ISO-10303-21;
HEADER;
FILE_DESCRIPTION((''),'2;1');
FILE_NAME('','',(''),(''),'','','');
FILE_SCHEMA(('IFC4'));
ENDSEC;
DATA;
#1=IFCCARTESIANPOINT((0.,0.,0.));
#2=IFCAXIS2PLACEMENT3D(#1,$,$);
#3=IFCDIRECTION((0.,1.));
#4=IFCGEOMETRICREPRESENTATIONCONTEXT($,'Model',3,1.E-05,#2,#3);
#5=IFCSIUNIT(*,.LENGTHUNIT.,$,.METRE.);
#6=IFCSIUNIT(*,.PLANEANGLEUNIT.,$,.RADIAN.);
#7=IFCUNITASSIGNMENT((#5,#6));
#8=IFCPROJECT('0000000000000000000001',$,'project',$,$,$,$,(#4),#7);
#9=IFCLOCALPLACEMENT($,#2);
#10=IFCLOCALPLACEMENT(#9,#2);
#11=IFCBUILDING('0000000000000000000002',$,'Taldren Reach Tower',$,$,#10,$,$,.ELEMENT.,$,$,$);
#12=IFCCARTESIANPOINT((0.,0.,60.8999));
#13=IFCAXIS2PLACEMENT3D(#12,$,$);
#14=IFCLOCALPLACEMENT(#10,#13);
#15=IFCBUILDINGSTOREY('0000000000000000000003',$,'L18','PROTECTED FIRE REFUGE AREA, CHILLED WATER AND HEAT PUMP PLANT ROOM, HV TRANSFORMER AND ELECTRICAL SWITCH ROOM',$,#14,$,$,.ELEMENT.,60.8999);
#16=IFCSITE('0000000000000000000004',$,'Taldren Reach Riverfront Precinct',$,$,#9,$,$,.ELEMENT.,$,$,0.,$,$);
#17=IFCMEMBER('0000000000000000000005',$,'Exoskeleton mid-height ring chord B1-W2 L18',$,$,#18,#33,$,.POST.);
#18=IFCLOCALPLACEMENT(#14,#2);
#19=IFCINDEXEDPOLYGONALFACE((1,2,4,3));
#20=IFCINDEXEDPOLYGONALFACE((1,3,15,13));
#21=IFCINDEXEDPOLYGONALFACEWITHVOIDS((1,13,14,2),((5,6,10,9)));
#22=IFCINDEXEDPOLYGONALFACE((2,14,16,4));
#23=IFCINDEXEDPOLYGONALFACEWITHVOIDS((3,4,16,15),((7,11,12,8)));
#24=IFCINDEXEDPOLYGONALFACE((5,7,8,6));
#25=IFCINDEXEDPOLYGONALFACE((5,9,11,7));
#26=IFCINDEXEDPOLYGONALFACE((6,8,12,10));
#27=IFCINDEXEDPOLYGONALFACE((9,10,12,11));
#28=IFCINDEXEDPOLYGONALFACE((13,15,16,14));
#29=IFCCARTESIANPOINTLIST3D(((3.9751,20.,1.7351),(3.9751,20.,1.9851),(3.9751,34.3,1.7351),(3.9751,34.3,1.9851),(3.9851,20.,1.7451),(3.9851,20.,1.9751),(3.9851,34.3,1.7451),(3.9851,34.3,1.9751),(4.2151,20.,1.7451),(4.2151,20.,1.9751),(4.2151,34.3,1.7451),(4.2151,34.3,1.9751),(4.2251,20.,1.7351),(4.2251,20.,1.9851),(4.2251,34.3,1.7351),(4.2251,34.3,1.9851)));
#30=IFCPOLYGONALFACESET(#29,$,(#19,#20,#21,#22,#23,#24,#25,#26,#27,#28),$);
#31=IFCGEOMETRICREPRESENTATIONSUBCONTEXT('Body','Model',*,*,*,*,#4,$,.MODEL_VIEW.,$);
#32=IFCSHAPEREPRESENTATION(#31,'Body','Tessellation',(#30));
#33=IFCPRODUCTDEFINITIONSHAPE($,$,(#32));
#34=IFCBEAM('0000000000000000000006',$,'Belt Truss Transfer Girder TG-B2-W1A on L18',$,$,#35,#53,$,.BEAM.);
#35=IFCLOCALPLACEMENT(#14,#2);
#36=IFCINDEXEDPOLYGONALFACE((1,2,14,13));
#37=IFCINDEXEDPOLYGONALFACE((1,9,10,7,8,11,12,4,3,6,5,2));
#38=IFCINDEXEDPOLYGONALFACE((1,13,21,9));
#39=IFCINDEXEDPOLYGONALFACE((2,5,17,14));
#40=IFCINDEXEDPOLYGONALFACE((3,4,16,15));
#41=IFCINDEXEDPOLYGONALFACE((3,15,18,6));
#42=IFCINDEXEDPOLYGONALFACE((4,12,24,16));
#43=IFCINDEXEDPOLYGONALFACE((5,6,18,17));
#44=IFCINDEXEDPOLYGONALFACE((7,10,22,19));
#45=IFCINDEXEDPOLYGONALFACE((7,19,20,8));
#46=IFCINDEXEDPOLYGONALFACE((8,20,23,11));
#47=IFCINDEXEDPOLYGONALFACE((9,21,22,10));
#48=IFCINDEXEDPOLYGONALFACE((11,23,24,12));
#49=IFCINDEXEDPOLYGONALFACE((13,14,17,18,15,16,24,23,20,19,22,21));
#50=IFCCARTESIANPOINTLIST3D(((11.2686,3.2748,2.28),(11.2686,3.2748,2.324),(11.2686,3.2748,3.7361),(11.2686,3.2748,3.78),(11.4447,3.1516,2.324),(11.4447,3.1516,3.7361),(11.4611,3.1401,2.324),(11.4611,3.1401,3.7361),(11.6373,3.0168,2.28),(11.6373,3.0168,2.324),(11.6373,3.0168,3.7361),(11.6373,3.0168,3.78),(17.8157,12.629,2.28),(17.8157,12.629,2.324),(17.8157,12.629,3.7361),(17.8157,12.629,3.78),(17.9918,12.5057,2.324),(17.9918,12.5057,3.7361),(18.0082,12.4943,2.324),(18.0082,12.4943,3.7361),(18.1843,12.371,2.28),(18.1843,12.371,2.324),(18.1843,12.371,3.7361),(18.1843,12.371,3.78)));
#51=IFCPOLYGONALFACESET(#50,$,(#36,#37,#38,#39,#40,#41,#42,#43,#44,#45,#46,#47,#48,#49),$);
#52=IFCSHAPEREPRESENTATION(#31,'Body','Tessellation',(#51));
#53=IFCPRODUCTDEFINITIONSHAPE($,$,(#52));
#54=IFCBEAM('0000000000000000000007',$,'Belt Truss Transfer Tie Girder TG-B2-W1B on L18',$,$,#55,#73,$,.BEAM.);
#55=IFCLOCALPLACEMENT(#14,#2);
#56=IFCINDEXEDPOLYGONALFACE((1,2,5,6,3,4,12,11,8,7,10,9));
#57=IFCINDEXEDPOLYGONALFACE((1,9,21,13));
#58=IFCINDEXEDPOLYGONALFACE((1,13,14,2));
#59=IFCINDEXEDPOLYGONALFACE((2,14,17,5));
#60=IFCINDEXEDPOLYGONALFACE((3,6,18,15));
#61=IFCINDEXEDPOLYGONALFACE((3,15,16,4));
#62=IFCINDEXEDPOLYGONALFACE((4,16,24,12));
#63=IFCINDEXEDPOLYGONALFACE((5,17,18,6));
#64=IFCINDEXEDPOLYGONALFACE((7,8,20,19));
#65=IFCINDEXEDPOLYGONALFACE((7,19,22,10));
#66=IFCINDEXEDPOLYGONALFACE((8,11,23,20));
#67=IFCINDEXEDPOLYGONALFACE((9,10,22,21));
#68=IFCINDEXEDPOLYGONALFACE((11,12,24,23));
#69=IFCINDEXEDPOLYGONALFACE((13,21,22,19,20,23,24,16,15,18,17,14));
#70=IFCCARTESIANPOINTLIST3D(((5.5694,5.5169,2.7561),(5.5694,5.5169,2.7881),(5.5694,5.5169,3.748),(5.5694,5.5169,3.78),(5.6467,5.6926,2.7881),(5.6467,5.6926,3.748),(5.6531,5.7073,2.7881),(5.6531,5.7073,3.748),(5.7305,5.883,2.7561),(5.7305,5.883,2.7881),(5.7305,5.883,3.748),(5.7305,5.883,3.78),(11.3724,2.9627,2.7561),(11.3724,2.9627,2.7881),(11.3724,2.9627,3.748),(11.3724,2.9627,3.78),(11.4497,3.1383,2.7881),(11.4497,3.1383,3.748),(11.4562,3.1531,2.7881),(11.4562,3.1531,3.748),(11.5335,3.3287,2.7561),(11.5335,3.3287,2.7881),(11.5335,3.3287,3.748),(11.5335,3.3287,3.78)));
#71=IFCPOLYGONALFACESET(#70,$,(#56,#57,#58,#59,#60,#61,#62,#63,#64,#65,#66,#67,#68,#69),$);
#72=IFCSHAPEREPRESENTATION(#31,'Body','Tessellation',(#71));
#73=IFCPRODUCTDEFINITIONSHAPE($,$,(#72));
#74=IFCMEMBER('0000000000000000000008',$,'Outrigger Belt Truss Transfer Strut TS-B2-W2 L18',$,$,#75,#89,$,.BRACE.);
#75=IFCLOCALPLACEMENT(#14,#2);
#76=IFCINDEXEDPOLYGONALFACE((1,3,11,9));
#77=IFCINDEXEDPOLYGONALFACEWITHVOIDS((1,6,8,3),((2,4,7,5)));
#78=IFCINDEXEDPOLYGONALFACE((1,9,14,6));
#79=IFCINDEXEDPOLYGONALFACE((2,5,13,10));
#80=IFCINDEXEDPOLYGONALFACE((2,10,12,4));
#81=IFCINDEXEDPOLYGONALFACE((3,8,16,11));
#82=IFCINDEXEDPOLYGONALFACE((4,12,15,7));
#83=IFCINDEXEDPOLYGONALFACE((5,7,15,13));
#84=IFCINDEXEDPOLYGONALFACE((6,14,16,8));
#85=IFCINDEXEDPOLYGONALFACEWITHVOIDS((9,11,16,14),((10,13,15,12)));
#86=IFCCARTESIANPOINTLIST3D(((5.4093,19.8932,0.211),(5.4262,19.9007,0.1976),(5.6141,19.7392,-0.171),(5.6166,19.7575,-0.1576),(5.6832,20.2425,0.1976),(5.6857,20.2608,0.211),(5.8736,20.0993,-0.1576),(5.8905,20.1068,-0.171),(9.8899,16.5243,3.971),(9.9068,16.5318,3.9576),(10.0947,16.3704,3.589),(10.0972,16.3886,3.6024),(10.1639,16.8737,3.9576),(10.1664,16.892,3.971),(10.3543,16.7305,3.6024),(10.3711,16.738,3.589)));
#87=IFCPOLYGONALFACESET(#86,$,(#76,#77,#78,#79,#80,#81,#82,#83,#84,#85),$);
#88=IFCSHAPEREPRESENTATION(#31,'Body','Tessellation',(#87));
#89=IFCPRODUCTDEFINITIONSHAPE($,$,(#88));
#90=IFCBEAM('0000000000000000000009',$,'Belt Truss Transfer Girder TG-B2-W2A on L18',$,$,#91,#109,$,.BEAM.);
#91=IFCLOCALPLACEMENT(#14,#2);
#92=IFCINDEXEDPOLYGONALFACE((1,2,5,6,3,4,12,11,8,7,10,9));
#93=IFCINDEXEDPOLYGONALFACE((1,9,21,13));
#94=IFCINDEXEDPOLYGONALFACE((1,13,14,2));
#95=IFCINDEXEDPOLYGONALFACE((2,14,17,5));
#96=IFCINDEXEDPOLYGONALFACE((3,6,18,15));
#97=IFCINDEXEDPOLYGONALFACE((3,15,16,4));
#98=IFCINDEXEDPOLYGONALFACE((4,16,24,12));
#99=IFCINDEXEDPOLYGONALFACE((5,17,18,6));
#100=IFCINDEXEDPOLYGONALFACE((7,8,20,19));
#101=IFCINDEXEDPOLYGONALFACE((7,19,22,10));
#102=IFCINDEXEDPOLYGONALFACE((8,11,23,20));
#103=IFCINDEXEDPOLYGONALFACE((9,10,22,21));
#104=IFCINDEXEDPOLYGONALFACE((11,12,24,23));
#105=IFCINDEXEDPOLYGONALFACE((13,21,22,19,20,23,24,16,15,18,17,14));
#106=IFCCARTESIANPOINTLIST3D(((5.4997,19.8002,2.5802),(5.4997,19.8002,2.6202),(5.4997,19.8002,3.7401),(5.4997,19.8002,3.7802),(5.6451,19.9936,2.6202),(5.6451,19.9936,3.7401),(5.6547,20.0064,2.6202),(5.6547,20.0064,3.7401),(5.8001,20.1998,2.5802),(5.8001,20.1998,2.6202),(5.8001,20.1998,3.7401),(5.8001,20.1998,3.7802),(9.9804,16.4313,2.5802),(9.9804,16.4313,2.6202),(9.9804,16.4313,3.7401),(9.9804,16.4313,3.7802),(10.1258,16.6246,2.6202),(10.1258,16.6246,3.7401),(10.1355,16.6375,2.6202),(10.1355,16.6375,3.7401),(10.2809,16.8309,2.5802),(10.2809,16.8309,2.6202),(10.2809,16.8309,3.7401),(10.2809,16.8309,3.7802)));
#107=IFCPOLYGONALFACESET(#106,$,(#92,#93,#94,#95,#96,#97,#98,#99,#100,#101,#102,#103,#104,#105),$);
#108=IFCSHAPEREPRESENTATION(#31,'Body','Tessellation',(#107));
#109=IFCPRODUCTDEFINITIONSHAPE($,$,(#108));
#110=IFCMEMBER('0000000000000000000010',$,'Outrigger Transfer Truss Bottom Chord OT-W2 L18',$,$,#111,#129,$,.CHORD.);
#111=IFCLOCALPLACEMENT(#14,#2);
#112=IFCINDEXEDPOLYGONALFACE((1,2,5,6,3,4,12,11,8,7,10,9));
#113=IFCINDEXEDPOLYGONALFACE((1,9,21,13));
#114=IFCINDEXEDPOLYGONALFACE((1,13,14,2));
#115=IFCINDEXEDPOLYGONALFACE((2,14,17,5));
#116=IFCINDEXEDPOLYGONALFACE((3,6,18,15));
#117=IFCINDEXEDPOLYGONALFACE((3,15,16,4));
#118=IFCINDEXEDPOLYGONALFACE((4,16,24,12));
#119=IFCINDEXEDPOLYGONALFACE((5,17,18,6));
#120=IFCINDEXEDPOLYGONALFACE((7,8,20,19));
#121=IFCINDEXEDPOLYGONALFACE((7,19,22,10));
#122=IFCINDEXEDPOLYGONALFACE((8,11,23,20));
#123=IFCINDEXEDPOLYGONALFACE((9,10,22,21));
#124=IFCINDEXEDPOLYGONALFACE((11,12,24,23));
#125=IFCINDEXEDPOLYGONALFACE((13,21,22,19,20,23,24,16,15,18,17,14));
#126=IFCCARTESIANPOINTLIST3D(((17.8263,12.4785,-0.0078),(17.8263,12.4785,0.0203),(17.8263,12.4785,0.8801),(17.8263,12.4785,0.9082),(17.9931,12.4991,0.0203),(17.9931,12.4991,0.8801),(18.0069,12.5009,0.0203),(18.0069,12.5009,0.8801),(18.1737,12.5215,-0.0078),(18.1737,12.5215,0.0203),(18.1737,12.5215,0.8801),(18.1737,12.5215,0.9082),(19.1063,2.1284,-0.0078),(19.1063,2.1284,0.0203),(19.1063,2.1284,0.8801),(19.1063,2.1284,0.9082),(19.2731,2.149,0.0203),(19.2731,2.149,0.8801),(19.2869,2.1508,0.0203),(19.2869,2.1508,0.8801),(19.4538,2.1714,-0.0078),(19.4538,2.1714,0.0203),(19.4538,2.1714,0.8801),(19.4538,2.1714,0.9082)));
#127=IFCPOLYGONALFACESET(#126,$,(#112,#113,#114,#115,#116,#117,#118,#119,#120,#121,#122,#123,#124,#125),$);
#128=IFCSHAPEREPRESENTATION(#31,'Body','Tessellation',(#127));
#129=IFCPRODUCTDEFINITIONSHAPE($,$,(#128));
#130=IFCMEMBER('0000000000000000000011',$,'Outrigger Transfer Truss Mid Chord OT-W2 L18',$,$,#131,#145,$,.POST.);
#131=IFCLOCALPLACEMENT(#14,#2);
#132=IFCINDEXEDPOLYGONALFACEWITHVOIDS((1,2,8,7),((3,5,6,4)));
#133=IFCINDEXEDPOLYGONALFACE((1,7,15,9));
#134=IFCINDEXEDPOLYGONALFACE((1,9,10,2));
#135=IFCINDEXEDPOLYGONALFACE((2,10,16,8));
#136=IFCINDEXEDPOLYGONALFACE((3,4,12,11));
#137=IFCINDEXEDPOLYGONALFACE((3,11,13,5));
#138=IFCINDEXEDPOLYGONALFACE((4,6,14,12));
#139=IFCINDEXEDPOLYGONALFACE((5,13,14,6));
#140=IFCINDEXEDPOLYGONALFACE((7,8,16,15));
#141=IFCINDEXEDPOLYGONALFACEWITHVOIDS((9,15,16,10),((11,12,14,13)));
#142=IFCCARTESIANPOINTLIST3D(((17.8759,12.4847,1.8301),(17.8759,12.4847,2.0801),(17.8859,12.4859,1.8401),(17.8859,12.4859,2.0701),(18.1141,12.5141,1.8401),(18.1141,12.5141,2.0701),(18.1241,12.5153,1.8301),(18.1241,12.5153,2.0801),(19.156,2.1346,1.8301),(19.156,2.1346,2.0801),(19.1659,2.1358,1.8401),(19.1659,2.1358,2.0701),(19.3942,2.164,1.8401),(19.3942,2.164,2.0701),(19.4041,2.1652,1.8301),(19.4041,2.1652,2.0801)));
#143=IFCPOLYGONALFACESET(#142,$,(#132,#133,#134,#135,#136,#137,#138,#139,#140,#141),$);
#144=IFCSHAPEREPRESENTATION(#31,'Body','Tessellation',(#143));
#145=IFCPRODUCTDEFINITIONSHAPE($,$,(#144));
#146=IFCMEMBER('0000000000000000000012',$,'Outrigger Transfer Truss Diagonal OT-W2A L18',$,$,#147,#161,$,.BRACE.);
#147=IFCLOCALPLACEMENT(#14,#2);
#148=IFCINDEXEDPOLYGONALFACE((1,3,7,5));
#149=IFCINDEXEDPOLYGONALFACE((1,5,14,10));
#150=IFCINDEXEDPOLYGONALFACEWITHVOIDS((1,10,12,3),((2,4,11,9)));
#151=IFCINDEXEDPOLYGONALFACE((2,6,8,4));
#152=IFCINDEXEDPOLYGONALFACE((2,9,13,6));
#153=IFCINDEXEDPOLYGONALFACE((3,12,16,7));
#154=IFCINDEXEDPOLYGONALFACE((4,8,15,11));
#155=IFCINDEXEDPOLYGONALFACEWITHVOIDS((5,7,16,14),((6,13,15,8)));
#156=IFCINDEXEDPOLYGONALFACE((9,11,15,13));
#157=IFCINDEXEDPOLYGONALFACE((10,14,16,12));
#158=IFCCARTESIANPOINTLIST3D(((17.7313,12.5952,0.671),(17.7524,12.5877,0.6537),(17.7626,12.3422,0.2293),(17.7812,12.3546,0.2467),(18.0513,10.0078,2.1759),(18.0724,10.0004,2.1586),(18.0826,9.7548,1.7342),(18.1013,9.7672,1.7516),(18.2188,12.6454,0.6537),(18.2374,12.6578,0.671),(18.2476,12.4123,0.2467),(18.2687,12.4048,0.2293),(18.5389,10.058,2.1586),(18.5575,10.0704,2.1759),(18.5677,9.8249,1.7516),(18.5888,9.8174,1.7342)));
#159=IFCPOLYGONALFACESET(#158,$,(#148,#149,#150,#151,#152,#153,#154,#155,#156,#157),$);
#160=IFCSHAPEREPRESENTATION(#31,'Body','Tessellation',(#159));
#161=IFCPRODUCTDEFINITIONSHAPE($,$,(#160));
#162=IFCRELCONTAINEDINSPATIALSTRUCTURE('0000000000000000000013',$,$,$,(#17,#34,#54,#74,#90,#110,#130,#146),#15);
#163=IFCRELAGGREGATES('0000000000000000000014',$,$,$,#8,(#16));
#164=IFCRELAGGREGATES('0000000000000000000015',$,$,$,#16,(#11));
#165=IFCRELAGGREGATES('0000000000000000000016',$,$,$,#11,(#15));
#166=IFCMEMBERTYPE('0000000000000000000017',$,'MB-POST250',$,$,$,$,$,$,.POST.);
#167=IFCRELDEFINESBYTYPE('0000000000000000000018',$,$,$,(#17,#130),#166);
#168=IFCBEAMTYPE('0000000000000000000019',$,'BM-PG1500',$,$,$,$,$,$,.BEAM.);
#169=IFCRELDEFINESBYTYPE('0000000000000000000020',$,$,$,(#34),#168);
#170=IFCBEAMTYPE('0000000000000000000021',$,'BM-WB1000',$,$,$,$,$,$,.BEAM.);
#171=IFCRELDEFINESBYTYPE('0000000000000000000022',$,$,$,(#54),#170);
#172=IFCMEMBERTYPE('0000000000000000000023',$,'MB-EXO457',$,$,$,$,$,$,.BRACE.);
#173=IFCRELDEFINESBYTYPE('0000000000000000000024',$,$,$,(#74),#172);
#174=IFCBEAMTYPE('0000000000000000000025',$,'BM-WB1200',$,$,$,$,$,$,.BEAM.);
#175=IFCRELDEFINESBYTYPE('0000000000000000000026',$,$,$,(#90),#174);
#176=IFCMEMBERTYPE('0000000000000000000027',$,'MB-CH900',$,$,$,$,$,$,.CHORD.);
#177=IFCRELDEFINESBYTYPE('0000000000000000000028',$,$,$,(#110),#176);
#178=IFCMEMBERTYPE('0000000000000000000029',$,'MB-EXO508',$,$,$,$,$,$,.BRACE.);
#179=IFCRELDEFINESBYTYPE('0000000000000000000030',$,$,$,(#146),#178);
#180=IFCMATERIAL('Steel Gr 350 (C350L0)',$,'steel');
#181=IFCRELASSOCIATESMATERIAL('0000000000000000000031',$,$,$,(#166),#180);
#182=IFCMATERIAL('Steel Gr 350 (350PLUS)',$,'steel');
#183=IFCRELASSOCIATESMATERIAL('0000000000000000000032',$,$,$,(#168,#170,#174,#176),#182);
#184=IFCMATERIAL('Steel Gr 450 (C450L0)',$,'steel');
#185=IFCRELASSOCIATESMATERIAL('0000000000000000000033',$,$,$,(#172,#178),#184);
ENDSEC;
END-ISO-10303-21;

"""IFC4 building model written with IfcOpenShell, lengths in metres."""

from ifc_helpers import new_model, si_unit, direction, frame, origin, origin_2d, place, context, subcontext, project, spatial, hollow_rectangle, i_section, extrude, source, transform, mapped, material, material_profile, profile_set, type_object, element, save


model = new_model("IFC4")

# Units and contexts
model_context = context("Model", 3, precision=1e-05, world=origin(), true_north=direction((0.0, 1.0)))
body_context = subcontext(model_context, "Body", "Model", "MODEL_VIEW")
ifc_project = project(units=[si_unit("LENGTHUNIT", "METRE"), si_unit("PLANEANGLEUNIT", "RADIAN")], contexts=[model_context])

# Site, building, storey
site_placement = place(None, origin())
site = spatial("IfcSite", under=ifc_project, at=site_placement, Name="Taldren Reach Riverfront Precinct", CompositionType="ELEMENT", RefElevation=0.0)
building_placement = place(site_placement, origin())
building = spatial("IfcBuilding", under=site, at=building_placement, Name="Taldren Reach Tower", CompositionType="ELEMENT")
storey_placement = place(building_placement, frame((0.0, 0.0, 60.8999)))
storey = spatial("IfcBuildingStorey", under=building, at=storey_placement, Name="L18", Description="PROTECTED FIRE REFUGE AREA, CHILLED WATER AND HEAT PUMP PLANT ROOM, HV TRANSFORMER AND ELECTRICAL SWITCH ROOM", CompositionType="ELEMENT", Elevation=60.8999)

# Shared definitions
ifc_material_1 = material(Name="Steel Gr 350 (350PLUS)", Category="steel")

# Member
ifc_material_2 = material(Name="Steel Gr 450 (C450L0)", Category="steel")
ifc_material_3 = material(Name="Steel Gr 350 (C350L0)", Category="steel")
ifc_material_profile_1 = material_profile(ifc_material_3, hollow_rectangle(XDim=0.25, YDim=0.25, WallThickness=0.01, at=origin_2d()), Name="250x250x10.0SHS")
ifc_profile_set_1 = profile_set([ifc_material_profile_1], Name="Steel Gr 350 (C350L0)")
member_type_1 = type_object("IfcMemberType", Name="MB-POST250", PredefinedType="POST", material=ifc_profile_set_1)
shared_shape_1 = source(origin(), body_context, "Body", "SweptSolid", [
    extrude(hollow_rectangle(XDim=0.25, YDim=0.25, WallThickness=0.01, at=origin_2d()), origin(), (0.0, 0.0, 1.0), 14.3),
])
member_1_placement = place(storey_placement, frame((4.1001, 20.0, 1.8601), z_axis=(0.0, 1.0, 0.0), x_axis=(-1.0, 0.0, 0.0)))
element("IfcMember", 1, at=member_1_placement, inside=storey, type_object=member_type_1, Name="Exoskeleton mid-height ring chord B1-W2 L18", PredefinedType="POST", context=body_context, shape_type="MappedRepresentation", body=[
    mapped(shared_shape_1, transform((0.0, 0.0, 0.0), scale=1.0)),
])

# Beams
ifc_material_profile_2 = material_profile(ifc_material_1, i_section(OverallWidth=0.45, OverallDepth=1.5, WebThickness=0.02, FlangeThickness=0.0439, at=origin_2d()), Name="1500WB550")
ifc_profile_set_2 = profile_set([ifc_material_profile_2], Name="Steel Gr 350 (350PLUS)")
beam_type_1 = type_object("IfcBeamType", Name="BM-PG1500", PredefinedType="BEAM", material=ifc_profile_set_2)
shared_shape_2 = source(origin(), body_context, "Body", "SweptSolid", [
    extrude(i_section(OverallWidth=0.45, OverallDepth=1.5, WebThickness=0.02, FlangeThickness=0.0439, at=origin_2d()), origin(), (0.0, 0.0, 1.0), 11.4177),
])
beam_1_placement = place(storey_placement, frame((18.0, 12.5, 3.03), z_axis=(-0.573412, -0.819267, 0.0), x_axis=(0.819267, -0.573412, 0.0)))
element("IfcBeam", 2, at=beam_1_placement, inside=storey, type_object=beam_type_1, Name="Belt Truss Transfer Girder TG-B2-W1A on L18", PredefinedType="BEAM", context=body_context, shape_type="MappedRepresentation", body=[
    mapped(shared_shape_2, transform((0.0, 0.0, 0.0), scale=1.0)),
])
ifc_material_profile_3 = material_profile(ifc_material_1, i_section(OverallWidth=0.3999, OverallDepth=1.0239, WebThickness=0.0161, FlangeThickness=0.032, at=origin_2d()), Name="1000WB322")
ifc_profile_set_3 = profile_set([ifc_material_profile_3], Name="Steel Gr 350 (350PLUS)")
beam_type_2 = type_object("IfcBeamType", Name="BM-WB1000", PredefinedType="BEAM", material=ifc_profile_set_3)
shared_shape_3 = source(origin(), body_context, "Body", "SweptSolid", [
    extrude(i_section(OverallWidth=0.3999, OverallDepth=1.0239, WebThickness=0.0161, FlangeThickness=0.032, at=origin_2d()), origin(), (0.0, 0.0, 1.0), 6.3403),
])
beam_2_placement = place(storey_placement, frame((5.6499, 5.7, 3.2681), z_axis=(0.915263, -0.402856, 0.0), x_axis=(0.402856, 0.915263, 0.0)))
element("IfcBeam", 3, at=beam_2_placement, inside=storey, type_object=beam_type_2, Name="Belt Truss Transfer Tie Girder TG-B2-W1B on L18", PredefinedType="BEAM", context=body_context, shape_type="MappedRepresentation", body=[
    mapped(shared_shape_3, transform((0.0, 0.0, 0.0), scale=1.0)),
])

# Member
ifc_material_profile_4 = material_profile(ifc_material_2, hollow_rectangle(XDim=0.46, YDim=0.46, WallThickness=0.0161, at=origin_2d()), Name="460x460x16.0SHS")
ifc_profile_set_4 = profile_set([ifc_material_profile_4], Name="Steel Gr 450 (C450L0)")
member_type_2 = type_object("IfcMemberType", Name="MB-EXO457", PredefinedType="BRACE", material=ifc_profile_set_4)
shared_shape_4 = source(origin(), body_context, "Body", "SweptSolid", [
    extrude(hollow_rectangle(XDim=0.46, YDim=0.46, WallThickness=0.0161, at=origin_2d()), origin(), (0.0, 0.0, 1.0), 6.75),
])
member_2_placement = place(storey_placement, frame((5.6499, 20.0, 0.02), z_axis=(0.663799, -0.499088, 0.55703), x_axis=(0.600954, 0.799283, 0.0)))
element("IfcMember", 4, at=member_2_placement, inside=storey, type_object=member_type_2, Name="Outrigger Belt Truss Transfer Strut TS-B2-W2 L18", PredefinedType="BRACE", context=body_context, shape_type="MappedRepresentation", body=[
    mapped(shared_shape_4, transform((0.0, 0.0, 0.0), scale=1.0)),
])

# Beam
ifc_material_profile_5 = material_profile(ifc_material_1, i_section(OverallWidth=0.5, OverallDepth=1.2, WebThickness=0.0161, FlangeThickness=0.04, at=origin_2d()), Name="1200WB455")
ifc_profile_set_5 = profile_set([ifc_material_profile_5], Name="Steel Gr 350 (350PLUS)")
beam_type_3 = type_object("IfcBeamType", Name="BM-WB1200", PredefinedType="BEAM", material=ifc_profile_set_5)
shared_shape_5 = source(origin(), body_context, "Body", "SweptSolid", [
    extrude(i_section(OverallWidth=0.5, OverallDepth=1.2, WebThickness=0.0161, FlangeThickness=0.04, at=origin_2d()), origin(), (0.0, 0.0, 1.0), 5.606),
])
beam_3_placement = place(storey_placement, frame((5.6499, 20.0, 3.1802), z_axis=(0.799283, -0.600954, 0.0), x_axis=(0.600954, 0.799283, 0.0)))
element("IfcBeam", 5, at=beam_3_placement, inside=storey, type_object=beam_type_3, Name="Belt Truss Transfer Girder TG-B2-W2A on L18", PredefinedType="BEAM", context=body_context, shape_type="MappedRepresentation", body=[
    mapped(shared_shape_5, transform((0.0, 0.0, 0.0), scale=1.0)),
])

# Members
ifc_material_profile_6 = material_profile(ifc_material_1, i_section(OverallWidth=0.3501, OverallDepth=0.916, WebThickness=0.0139, FlangeThickness=0.0281, at=origin_2d()), Name="900WB257")
ifc_profile_set_6 = profile_set([ifc_material_profile_6], Name="Steel Gr 350 (350PLUS)")
member_type_3 = type_object("IfcMemberType", Name="MB-CH900", PredefinedType="CHORD", material=ifc_profile_set_6)
shared_shape_6 = source(origin(), body_context, "Body", "SweptSolid", [
    extrude(i_section(OverallWidth=0.3501, OverallDepth=0.916, WebThickness=0.0139, FlangeThickness=0.0281, at=origin_2d()), origin(), (0.0, 0.0, 1.0), 10.429),
])
member_3_placement = place(storey_placement, frame((18.0, 12.5, 0.4502), z_axis=(0.122738, -0.992439, 0.0), x_axis=(0.992439, 0.122738, 0.0)))
element("IfcMember", 6, at=member_3_placement, inside=storey, type_object=member_type_3, Name="Outrigger Transfer Truss Bottom Chord OT-W2 L18", PredefinedType="CHORD", context=body_context, shape_type="MappedRepresentation", body=[
    mapped(shared_shape_6, transform((0.0, 0.0, 0.0), scale=1.0)),
])
shared_shape_7 = source(origin(), body_context, "Body", "SweptSolid", [
    extrude(hollow_rectangle(XDim=0.25, YDim=0.25, WallThickness=0.01, at=origin_2d()), origin(), (0.0, 0.0, 1.0), 10.429),
])
member_4_placement = place(storey_placement, frame((18.0, 12.5, 1.9551), z_axis=(0.122738, -0.992439, 0.0), x_axis=(0.992439, 0.122738, 0.0)))
element("IfcMember", 7, at=member_4_placement, inside=storey, type_object=member_type_1, Name="Outrigger Transfer Truss Mid Chord OT-W2 L18", PredefinedType="POST", context=body_context, shape_type="MappedRepresentation", body=[
    mapped(shared_shape_7, transform((0.0, 0.0, 0.0), scale=1.0)),
])
ifc_material_profile_7 = material_profile(ifc_material_2, hollow_rectangle(XDim=0.51, YDim=0.51, WallThickness=0.02, at=origin_2d()), Name="510x510x20.0SHS")
ifc_profile_set_7 = profile_set([ifc_material_profile_7], Name="Steel Gr 450 (C450L0)")
member_type_4 = type_object("IfcMemberType", Name="MB-EXO508", PredefinedType="BRACE", material=ifc_profile_set_7)
shared_shape_8 = source(origin(), body_context, "Body", "SweptSolid", [
    extrude(hollow_rectangle(XDim=0.51, YDim=0.51, WallThickness=0.02, at=origin_2d()), origin(), (0.0, 0.0, 1.0), 3.0103),
])
member_5_placement = place(storey_placement, frame((18.0, 12.5, 0.4502), z_axis=(0.106325, -0.859523, 0.499915), x_axis=(0.992436, 0.122767, 0.0)))
element("IfcMember", 8, at=member_5_placement, inside=storey, type_object=member_type_4, Name="Outrigger Transfer Truss Diagonal OT-W2A L18", PredefinedType="BRACE", context=body_context, shape_type="MappedRepresentation", body=[
    mapped(shared_shape_8, transform((0.0, 0.0, 0.0), scale=1.0)),
])

save(model, "model.ifc")
